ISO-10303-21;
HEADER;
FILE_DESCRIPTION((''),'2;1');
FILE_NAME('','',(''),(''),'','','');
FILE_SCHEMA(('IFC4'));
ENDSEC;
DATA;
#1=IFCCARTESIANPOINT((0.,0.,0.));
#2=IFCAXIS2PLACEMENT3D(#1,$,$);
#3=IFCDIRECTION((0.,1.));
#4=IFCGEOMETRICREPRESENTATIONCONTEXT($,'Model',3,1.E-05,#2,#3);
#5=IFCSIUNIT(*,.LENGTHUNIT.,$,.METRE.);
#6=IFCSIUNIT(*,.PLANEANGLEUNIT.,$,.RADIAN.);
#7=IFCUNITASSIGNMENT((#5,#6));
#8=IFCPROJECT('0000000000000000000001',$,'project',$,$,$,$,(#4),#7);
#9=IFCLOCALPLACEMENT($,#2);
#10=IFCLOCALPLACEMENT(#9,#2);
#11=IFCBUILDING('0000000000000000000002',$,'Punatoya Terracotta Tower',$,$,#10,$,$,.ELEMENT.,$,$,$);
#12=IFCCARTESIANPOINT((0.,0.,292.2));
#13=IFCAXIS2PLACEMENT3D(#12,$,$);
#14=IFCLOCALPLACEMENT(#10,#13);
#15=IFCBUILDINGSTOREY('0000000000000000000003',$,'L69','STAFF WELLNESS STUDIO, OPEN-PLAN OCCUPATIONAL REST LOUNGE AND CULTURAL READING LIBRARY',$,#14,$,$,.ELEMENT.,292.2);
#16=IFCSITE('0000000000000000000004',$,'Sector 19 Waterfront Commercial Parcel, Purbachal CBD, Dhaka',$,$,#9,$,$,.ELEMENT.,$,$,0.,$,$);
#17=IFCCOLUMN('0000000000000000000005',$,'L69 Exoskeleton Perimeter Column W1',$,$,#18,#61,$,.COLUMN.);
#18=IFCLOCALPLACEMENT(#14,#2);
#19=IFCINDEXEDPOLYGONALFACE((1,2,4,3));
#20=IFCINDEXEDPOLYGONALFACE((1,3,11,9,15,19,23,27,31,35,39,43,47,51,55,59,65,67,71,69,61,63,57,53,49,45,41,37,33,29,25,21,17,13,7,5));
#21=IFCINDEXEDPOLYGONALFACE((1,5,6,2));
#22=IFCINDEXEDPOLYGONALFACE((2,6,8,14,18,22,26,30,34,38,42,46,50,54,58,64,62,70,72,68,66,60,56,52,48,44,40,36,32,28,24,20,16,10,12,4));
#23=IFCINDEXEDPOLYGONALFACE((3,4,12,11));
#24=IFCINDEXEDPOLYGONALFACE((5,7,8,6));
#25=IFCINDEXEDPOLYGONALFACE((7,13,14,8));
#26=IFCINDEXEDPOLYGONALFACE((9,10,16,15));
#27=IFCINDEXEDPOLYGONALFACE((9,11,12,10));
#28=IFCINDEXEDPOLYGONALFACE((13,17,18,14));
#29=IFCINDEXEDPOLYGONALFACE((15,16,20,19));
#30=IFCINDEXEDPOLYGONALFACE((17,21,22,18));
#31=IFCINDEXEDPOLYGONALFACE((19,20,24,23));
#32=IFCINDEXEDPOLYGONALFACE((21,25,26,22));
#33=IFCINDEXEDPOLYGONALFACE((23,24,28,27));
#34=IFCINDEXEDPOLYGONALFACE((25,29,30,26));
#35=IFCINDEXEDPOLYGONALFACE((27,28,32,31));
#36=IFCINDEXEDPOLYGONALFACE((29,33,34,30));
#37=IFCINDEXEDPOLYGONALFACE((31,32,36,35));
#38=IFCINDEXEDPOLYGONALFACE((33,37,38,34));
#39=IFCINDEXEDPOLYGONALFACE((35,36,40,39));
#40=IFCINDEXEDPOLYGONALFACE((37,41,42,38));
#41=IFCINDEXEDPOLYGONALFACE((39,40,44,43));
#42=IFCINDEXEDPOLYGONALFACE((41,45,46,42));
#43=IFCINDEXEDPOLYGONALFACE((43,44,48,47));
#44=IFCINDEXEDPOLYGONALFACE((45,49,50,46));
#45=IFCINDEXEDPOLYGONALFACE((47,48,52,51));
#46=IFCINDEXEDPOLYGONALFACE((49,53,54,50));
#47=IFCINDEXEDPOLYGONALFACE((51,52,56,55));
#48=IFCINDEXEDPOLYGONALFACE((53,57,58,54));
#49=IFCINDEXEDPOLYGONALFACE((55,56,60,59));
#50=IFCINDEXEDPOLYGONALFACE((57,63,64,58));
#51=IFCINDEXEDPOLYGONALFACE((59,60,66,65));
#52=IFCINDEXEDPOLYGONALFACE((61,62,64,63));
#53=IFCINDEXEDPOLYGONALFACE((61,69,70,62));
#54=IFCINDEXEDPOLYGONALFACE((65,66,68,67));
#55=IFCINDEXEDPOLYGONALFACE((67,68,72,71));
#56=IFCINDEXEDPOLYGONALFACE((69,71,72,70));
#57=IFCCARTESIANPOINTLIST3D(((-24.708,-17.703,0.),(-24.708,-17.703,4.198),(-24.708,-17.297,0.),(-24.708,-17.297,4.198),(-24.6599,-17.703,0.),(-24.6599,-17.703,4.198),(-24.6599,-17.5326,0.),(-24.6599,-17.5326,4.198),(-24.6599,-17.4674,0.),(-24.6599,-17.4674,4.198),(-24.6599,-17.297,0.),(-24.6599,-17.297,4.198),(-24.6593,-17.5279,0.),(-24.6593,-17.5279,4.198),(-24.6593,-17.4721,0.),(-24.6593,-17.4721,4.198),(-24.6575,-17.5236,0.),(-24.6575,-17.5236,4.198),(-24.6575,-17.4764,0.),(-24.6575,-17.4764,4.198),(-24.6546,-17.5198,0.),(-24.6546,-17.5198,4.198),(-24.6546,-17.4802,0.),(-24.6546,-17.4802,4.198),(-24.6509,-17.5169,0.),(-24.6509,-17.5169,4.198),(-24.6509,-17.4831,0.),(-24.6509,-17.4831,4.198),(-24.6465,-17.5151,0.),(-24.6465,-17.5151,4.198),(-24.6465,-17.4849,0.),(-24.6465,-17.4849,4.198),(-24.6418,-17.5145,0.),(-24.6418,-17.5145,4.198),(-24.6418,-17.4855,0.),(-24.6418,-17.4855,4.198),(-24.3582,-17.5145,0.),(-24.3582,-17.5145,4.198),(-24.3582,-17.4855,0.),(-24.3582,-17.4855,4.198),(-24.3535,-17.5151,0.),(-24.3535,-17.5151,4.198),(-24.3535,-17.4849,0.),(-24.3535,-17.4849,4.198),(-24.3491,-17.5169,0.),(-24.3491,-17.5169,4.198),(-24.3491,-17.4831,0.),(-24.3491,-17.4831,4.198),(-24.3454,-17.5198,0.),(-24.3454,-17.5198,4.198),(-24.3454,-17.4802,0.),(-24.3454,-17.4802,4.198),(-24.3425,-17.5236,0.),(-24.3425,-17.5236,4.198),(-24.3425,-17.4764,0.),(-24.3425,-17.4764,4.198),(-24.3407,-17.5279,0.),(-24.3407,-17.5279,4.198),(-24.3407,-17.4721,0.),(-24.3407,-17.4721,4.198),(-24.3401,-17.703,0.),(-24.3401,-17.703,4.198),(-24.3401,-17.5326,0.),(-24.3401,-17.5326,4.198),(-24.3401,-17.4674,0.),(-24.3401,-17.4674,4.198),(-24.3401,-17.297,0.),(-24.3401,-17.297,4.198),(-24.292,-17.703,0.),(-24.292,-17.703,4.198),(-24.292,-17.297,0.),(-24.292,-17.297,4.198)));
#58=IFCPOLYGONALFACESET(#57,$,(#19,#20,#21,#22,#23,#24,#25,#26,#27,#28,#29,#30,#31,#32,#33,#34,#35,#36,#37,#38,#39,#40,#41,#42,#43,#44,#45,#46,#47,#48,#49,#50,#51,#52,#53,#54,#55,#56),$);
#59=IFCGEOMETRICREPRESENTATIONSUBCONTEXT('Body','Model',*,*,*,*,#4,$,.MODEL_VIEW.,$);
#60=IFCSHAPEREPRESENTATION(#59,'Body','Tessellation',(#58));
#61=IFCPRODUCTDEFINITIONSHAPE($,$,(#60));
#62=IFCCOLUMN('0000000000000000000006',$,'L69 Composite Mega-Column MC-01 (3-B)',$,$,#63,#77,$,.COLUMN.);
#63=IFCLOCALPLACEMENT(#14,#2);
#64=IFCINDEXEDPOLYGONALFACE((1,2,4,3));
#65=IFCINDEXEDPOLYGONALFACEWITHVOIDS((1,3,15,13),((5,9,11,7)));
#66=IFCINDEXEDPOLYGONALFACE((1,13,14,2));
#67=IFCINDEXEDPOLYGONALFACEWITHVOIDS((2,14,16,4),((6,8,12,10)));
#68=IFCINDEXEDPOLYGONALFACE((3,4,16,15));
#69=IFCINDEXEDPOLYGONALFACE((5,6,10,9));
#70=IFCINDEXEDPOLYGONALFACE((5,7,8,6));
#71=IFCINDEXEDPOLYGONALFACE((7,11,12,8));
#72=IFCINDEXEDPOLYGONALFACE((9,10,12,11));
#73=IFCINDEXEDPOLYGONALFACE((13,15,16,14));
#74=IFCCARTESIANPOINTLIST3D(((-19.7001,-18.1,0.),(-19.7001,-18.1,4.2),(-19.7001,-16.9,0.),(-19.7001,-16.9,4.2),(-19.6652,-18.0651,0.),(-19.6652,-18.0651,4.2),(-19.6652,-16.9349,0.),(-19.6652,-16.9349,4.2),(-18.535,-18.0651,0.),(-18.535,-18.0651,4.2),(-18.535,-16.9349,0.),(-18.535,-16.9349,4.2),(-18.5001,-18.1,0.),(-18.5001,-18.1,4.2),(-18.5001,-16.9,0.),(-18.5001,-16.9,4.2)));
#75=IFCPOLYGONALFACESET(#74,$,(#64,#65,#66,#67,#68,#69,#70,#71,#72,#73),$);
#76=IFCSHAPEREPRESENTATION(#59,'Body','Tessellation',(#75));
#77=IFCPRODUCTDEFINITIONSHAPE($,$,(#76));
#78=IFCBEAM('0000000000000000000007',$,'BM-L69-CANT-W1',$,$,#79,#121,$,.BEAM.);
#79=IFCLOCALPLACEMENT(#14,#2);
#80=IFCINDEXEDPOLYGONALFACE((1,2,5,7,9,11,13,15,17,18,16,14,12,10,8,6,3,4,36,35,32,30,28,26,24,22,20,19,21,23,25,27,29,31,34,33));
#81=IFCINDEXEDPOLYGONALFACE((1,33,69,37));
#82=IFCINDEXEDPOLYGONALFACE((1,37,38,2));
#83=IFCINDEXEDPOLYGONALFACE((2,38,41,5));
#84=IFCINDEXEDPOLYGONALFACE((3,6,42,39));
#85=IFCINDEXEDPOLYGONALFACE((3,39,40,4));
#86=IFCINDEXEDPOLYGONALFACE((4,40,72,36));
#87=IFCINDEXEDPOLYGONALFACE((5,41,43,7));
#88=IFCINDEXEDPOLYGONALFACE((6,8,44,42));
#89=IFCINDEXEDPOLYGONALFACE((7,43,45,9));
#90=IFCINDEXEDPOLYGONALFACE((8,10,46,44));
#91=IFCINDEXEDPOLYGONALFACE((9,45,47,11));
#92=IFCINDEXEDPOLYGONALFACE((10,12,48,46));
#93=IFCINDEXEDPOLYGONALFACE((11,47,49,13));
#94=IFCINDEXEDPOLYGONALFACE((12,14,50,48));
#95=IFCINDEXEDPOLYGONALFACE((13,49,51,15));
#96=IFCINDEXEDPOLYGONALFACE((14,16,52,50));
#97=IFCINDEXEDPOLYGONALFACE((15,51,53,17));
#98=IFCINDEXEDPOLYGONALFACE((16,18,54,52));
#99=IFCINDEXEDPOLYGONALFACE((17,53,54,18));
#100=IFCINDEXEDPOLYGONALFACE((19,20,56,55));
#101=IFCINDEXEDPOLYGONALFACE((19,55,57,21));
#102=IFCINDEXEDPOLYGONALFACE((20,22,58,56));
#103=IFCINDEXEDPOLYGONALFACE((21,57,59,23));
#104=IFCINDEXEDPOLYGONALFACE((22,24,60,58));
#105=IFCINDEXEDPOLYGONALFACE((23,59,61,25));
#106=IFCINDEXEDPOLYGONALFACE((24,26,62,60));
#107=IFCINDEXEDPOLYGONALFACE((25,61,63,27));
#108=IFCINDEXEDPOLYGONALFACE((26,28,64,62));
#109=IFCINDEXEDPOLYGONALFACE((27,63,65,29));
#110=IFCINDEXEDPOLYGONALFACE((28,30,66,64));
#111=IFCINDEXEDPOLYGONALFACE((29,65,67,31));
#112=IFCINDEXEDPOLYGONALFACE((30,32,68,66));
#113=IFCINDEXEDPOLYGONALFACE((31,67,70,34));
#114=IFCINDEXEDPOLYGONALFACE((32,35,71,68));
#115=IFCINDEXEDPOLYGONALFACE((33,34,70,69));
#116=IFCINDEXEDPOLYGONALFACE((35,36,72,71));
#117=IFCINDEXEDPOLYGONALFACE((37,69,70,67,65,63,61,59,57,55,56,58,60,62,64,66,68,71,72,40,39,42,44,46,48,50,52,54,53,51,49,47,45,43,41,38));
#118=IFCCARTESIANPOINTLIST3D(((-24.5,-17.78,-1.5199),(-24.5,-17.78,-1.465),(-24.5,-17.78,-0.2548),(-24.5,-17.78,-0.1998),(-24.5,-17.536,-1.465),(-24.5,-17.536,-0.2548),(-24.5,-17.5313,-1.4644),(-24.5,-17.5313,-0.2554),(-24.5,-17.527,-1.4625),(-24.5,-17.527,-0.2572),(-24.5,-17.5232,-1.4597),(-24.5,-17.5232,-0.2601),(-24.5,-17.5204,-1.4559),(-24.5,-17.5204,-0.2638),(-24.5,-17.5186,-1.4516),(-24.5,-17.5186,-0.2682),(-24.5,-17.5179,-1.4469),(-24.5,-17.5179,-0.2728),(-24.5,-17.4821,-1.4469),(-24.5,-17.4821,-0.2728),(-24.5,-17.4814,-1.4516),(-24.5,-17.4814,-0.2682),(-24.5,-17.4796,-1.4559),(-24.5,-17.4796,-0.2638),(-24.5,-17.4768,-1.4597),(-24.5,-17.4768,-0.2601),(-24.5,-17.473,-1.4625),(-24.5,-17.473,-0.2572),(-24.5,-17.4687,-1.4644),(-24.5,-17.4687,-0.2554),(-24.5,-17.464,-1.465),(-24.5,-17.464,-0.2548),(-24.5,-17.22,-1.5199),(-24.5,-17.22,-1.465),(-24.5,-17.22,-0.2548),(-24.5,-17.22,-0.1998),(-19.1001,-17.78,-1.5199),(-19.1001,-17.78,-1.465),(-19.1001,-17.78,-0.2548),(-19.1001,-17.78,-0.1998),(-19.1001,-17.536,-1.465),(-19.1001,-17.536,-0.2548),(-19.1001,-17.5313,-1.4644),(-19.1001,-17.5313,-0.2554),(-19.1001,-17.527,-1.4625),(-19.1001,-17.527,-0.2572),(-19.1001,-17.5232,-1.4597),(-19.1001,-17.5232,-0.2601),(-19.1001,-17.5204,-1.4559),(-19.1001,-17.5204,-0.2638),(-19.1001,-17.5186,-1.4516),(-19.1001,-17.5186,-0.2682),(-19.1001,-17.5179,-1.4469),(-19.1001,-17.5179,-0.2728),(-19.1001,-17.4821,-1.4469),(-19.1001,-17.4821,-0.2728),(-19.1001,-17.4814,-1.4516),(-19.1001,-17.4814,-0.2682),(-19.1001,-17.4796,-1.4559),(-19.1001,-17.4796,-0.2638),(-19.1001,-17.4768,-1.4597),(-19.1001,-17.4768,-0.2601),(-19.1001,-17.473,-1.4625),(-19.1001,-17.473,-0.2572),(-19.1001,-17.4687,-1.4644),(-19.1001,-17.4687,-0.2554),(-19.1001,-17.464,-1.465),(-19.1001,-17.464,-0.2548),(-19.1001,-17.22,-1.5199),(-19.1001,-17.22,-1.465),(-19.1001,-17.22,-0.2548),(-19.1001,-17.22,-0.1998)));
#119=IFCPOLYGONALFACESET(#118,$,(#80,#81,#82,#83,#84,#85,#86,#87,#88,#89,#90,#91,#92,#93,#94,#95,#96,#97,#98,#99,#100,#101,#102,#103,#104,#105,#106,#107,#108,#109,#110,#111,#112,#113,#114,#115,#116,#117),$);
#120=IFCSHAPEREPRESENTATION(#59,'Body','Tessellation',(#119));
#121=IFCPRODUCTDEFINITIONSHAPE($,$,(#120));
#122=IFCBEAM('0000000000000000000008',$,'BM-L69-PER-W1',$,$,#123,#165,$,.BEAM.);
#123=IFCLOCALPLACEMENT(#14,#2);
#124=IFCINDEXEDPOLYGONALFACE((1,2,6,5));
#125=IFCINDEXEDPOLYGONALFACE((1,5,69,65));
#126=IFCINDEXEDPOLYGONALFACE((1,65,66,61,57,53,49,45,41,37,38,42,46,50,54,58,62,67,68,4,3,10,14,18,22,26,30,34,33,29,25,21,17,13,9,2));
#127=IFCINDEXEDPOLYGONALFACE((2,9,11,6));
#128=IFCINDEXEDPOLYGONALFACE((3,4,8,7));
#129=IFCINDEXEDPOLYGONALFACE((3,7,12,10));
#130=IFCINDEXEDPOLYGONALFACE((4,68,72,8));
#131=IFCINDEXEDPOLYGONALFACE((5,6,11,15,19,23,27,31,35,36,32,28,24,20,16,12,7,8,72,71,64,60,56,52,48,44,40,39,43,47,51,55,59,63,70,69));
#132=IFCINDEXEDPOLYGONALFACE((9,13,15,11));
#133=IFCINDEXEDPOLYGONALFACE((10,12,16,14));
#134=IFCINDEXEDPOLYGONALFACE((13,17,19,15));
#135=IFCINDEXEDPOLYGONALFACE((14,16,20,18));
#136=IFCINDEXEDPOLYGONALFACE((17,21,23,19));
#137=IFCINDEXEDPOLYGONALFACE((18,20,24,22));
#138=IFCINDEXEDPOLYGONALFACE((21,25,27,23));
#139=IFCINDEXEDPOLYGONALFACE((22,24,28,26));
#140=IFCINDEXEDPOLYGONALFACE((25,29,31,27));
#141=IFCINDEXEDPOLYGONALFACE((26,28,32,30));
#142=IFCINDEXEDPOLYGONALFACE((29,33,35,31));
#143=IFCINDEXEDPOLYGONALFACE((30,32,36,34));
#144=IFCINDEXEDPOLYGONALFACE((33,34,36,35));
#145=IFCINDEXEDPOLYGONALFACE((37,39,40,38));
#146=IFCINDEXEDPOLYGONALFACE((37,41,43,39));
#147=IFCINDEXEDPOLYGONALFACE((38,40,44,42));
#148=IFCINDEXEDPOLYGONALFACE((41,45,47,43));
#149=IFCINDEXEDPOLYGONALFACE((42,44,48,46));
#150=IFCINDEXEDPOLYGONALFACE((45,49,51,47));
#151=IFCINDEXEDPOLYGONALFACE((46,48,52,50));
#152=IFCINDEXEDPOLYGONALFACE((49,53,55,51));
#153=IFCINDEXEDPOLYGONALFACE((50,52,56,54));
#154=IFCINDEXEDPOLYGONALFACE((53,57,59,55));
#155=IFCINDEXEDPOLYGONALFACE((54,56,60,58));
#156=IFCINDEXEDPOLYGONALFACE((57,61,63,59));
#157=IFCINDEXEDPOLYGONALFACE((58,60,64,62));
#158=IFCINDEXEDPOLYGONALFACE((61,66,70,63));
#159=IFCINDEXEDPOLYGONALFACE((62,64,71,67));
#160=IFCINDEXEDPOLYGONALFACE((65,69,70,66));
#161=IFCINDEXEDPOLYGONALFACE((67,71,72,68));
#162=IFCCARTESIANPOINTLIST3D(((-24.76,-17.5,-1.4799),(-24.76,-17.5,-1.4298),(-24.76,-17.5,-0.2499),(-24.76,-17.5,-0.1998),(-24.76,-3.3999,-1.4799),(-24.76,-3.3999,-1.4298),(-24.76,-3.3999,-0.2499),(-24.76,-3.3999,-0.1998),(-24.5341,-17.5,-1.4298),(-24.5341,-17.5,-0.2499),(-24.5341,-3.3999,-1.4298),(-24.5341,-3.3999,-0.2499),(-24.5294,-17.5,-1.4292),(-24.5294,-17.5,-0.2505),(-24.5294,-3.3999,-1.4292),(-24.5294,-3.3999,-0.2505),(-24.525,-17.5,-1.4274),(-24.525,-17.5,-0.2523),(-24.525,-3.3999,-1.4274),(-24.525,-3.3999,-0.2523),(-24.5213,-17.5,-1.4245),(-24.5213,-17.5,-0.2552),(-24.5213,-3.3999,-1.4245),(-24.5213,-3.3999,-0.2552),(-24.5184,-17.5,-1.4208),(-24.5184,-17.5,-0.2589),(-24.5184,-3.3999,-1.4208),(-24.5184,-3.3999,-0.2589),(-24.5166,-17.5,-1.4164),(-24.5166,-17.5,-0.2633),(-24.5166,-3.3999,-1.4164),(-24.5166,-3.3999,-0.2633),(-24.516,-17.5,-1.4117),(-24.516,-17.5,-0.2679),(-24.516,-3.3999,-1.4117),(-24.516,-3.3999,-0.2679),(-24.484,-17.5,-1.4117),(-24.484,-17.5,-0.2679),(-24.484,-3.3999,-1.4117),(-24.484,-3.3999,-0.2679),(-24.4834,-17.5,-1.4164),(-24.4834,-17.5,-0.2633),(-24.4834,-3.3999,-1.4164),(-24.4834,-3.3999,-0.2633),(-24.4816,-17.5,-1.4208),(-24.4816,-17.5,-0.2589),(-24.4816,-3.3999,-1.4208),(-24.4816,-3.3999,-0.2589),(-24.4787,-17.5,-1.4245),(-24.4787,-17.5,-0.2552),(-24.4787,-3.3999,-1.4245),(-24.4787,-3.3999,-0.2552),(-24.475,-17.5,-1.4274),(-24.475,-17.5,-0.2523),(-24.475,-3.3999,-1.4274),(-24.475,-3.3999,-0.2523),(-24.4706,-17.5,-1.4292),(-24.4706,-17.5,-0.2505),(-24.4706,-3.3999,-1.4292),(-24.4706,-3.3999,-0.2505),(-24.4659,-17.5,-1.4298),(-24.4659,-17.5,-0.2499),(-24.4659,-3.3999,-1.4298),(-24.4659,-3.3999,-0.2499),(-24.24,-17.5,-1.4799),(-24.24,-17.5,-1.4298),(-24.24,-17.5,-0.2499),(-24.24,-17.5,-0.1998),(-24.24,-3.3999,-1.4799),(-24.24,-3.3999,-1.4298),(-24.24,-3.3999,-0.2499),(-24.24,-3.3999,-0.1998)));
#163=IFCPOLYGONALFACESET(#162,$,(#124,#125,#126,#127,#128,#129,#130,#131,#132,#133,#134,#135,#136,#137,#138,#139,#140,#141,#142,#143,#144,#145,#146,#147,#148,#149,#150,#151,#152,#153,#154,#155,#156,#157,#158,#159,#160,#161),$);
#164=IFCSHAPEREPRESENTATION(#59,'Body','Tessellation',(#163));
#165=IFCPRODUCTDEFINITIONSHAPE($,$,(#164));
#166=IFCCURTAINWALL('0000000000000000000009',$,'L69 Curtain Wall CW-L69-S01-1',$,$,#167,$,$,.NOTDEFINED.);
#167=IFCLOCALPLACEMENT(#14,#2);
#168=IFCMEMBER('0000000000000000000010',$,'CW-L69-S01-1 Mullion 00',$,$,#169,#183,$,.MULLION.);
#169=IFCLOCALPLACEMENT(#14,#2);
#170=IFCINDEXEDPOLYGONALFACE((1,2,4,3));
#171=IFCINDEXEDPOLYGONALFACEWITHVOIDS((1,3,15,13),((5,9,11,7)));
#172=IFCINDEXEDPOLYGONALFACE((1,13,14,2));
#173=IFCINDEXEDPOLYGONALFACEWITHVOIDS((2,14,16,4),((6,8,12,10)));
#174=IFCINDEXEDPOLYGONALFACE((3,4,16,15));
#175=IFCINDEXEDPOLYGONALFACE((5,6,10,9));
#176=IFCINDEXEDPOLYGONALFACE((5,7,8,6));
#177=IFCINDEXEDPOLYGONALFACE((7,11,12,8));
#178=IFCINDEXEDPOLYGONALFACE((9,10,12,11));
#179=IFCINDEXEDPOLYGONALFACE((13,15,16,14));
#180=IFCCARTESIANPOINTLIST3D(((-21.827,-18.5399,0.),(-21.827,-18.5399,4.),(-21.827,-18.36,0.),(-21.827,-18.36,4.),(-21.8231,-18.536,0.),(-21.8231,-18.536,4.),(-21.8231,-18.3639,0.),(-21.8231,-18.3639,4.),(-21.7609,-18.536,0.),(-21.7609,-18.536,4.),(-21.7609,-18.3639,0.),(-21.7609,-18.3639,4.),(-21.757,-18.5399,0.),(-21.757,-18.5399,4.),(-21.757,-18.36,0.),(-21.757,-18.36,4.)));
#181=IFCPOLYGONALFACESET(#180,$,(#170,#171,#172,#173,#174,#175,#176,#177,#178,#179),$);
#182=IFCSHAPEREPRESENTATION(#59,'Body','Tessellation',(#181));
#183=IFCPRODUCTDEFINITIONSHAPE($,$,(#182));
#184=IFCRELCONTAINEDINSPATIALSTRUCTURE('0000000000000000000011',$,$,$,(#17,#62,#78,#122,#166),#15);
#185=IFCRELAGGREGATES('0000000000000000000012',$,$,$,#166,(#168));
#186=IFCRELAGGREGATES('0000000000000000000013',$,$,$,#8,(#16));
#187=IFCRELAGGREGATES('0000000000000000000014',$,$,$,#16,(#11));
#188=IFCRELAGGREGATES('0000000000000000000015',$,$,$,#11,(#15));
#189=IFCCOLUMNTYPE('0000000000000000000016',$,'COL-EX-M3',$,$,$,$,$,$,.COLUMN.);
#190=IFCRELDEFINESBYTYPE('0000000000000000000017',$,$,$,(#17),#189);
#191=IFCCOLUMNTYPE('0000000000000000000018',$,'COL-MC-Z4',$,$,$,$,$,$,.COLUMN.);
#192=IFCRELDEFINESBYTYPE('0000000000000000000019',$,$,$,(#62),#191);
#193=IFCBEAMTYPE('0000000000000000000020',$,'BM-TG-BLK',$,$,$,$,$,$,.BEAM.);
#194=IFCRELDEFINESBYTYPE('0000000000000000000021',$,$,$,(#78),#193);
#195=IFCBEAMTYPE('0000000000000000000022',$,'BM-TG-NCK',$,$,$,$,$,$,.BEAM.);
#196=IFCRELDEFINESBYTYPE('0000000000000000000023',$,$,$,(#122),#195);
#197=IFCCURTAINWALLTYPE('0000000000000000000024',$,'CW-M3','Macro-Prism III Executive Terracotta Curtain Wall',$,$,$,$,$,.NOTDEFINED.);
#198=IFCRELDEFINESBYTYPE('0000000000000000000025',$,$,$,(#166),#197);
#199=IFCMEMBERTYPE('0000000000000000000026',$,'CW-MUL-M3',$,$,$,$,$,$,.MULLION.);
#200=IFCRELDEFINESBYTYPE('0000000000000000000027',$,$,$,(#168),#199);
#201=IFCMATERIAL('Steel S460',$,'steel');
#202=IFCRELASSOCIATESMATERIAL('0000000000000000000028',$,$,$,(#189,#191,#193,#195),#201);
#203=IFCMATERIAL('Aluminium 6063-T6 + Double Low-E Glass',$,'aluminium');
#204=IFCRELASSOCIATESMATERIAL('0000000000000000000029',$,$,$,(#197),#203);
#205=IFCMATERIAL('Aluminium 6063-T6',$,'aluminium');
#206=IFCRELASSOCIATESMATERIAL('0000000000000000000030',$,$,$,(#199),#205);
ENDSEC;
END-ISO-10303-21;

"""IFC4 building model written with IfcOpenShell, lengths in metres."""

from ifc_helpers import new_model, si_unit, direction, frame, origin, origin_2d, place, context, subcontext, project, spatial, hollow_rectangle, i_section, extrude, material, material_profile, profile_set, type_object, element, aggregate, save


model = new_model("IFC4")

# Units and contexts
model_context = context("Model", 3, precision=1e-05, world=origin(), true_north=direction((0.0, 1.0)))
body_context = subcontext(model_context, "Body", "Model", "MODEL_VIEW")
ifc_project = project(units=[si_unit("LENGTHUNIT", "METRE"), si_unit("PLANEANGLEUNIT", "RADIAN")], contexts=[model_context])

# Site, building, storey
site_placement = place(None, origin())
site = spatial("IfcSite", under=ifc_project, at=site_placement, Name="Sector 19 Waterfront Commercial Parcel, Purbachal CBD, Dhaka", CompositionType="ELEMENT", RefElevation=0.0)
building_placement = place(site_placement, origin())
building = spatial("IfcBuilding", under=site, at=building_placement, Name="Punatoya Terracotta Tower", CompositionType="ELEMENT")
storey_placement = place(building_placement, frame((0.0, 0.0, 292.2)))
storey = spatial("IfcBuildingStorey", under=building, at=storey_placement, Name="L69", Description="STAFF WELLNESS STUDIO, OPEN-PLAN OCCUPATIONAL REST LOUNGE AND CULTURAL READING LIBRARY", CompositionType="ELEMENT", Elevation=292.2)

# Columns
ifc_material_1 = material(Name="Steel S460", Category="steel")
ifc_material_profile_1 = material_profile(ifc_material_1, i_section(OverallWidth=0.406, OverallDepth=0.416, WebThickness=0.0291, FlangeThickness=0.0481, FilletRadius=0.0181, at=origin_2d()))
ifc_profile_set_1 = profile_set([ifc_material_profile_1], Name="Steel S460")
column_type_1 = type_object("IfcColumnType", Name="COL-EX-M3", PredefinedType="COLUMN", material=ifc_profile_set_1)
column_1_placement = place(storey_placement, frame((-24.5, -17.5, 0.0), z_axis=(0.0, 0.0, 1.0), x_axis=(0.0, 1.0, 0.0)))
element("IfcColumn", 1, at=column_1_placement, inside=storey, type_object=column_type_1, Name="L69 Exoskeleton Perimeter Column W1", PredefinedType="COLUMN", context=body_context, shape_type="SweptSolid", body=[
    extrude(i_section(OverallWidth=0.406, OverallDepth=0.416, WebThickness=0.0291, FlangeThickness=0.0481, FilletRadius=0.0181, at=origin_2d()), origin(), (0.0, 0.0, 1.0), 4.198),
])
ifc_material_profile_2 = material_profile(ifc_material_1, hollow_rectangle(XDim=1.2, YDim=1.2, WallThickness=0.0349, at=origin_2d()))
ifc_profile_set_2 = profile_set([ifc_material_profile_2], Name="Steel S460")
column_type_2 = type_object("IfcColumnType", Name="COL-MC-Z4", PredefinedType="COLUMN", material=ifc_profile_set_2)
column_2_placement = place(storey_placement, frame((-19.1001, -17.5, 0.0), z_axis=(0.0, 0.0, 1.0), x_axis=(1.0, 0.0, 0.0)))
element("IfcColumn", 2, at=column_2_placement, inside=storey, type_object=column_type_2, Name="L69 Composite Mega-Column MC-01 (3-B)", PredefinedType="COLUMN", context=body_context, shape_type="SweptSolid", body=[
    extrude(hollow_rectangle(XDim=1.2, YDim=1.2, WallThickness=0.0349, at=origin_2d()), origin(), (0.0, 0.0, 1.0), 4.2),
])

# Beams
ifc_material_profile_3 = material_profile(ifc_material_1, i_section(OverallWidth=0.5601, OverallDepth=1.3201, WebThickness=0.0359, FlangeThickness=0.0549, FilletRadius=0.0181, at=origin_2d()))
ifc_profile_set_3 = profile_set([ifc_material_profile_3], Name="Steel S460")
beam_type_1 = type_object("IfcBeamType", Name="BM-TG-BLK", PredefinedType="BEAM", material=ifc_profile_set_3)
beam_1_placement = place(storey_placement, frame((-24.5, -17.5, -0.8599), z_axis=(1.0, 0.0, 0.0), x_axis=(0.0, 1.0, 0.0)))
element("IfcBeam", 3, at=beam_1_placement, inside=storey, type_object=beam_type_1, Name="BM-L69-CANT-W1", PredefinedType="BEAM", context=body_context, shape_type="SweptSolid", body=[
    extrude(i_section(OverallWidth=0.5601, OverallDepth=1.3201, WebThickness=0.0359, FlangeThickness=0.0549, FilletRadius=0.0181, at=origin_2d()), origin(), (0.0, 0.0, 1.0), 5.3999),
])
ifc_material_profile_4 = material_profile(ifc_material_1, i_section(OverallWidth=0.52, OverallDepth=1.28, WebThickness=0.032, FlangeThickness=0.05, FilletRadius=0.0181, at=origin_2d()))
ifc_profile_set_4 = profile_set([ifc_material_profile_4], Name="Steel S460")
beam_type_2 = type_object("IfcBeamType", Name="BM-TG-NCK", PredefinedType="BEAM", material=ifc_profile_set_4)
beam_2_placement = place(storey_placement, frame((-24.5, -17.5, -0.8398), z_axis=(0.0, 1.0, 0.0), x_axis=(-1.0, 0.0, 0.0)))
element("IfcBeam", 4, at=beam_2_placement, inside=storey, type_object=beam_type_2, Name="BM-L69-PER-W1", PredefinedType="BEAM", context=body_context, shape_type="SweptSolid", body=[
    extrude(i_section(OverallWidth=0.52, OverallDepth=1.28, WebThickness=0.032, FlangeThickness=0.05, FilletRadius=0.0181, at=origin_2d()), origin(), (0.0, 0.0, 1.0), 14.1001),
])

# Curtain wall, member
ifc_material_2 = material(Name="Aluminium 6063-T6 + Double Low-E Glass", Category="aluminium")
curtain_wall_type = type_object("IfcCurtainWallType", Name="CW-M3", Description="Macro-Prism III Executive Terracotta Curtain Wall", PredefinedType="NOTDEFINED", material=ifc_material_2)
curtain_wall_1_placement = place(storey_placement, origin())
curtain_wall_1 = element("IfcCurtainWall", 5, at=curtain_wall_1_placement, inside=storey, type_object=curtain_wall_type, Name="L69 Curtain Wall CW-L69-S01-1", PredefinedType="NOTDEFINED")
ifc_material_3 = material(Name="Aluminium 6063-T6", Category="aluminium")
ifc_material_profile_5 = material_profile(ifc_material_3, hollow_rectangle(XDim=0.0701, YDim=0.1799, WallThickness=0.0039, at=origin_2d()))
ifc_profile_set_5 = profile_set([ifc_material_profile_5], Name="Aluminium 6063-T6")
member_type_1 = type_object("IfcMemberType", Name="CW-MUL-M3", PredefinedType="MULLION", material=ifc_profile_set_5)
member_1_placement = place(storey_placement, frame((-21.792, -18.45, 0.0), z_axis=(0.0, 0.0, 1.0), x_axis=(1.0, 0.0, 0.0)))
member_1 = element("IfcMember", 6, at=member_1_placement, type_object=member_type_1, Name="CW-L69-S01-1 Mullion 00", PredefinedType="MULLION", context=body_context, shape_type="SweptSolid", body=[
    extrude(hollow_rectangle(XDim=0.0701, YDim=0.1799, WallThickness=0.0039, at=origin_2d()), origin(), (0.0, 0.0, 1.0), 4.0),
])

aggregate(curtain_wall_1, [member_1])

save(model, "model.ifc")
